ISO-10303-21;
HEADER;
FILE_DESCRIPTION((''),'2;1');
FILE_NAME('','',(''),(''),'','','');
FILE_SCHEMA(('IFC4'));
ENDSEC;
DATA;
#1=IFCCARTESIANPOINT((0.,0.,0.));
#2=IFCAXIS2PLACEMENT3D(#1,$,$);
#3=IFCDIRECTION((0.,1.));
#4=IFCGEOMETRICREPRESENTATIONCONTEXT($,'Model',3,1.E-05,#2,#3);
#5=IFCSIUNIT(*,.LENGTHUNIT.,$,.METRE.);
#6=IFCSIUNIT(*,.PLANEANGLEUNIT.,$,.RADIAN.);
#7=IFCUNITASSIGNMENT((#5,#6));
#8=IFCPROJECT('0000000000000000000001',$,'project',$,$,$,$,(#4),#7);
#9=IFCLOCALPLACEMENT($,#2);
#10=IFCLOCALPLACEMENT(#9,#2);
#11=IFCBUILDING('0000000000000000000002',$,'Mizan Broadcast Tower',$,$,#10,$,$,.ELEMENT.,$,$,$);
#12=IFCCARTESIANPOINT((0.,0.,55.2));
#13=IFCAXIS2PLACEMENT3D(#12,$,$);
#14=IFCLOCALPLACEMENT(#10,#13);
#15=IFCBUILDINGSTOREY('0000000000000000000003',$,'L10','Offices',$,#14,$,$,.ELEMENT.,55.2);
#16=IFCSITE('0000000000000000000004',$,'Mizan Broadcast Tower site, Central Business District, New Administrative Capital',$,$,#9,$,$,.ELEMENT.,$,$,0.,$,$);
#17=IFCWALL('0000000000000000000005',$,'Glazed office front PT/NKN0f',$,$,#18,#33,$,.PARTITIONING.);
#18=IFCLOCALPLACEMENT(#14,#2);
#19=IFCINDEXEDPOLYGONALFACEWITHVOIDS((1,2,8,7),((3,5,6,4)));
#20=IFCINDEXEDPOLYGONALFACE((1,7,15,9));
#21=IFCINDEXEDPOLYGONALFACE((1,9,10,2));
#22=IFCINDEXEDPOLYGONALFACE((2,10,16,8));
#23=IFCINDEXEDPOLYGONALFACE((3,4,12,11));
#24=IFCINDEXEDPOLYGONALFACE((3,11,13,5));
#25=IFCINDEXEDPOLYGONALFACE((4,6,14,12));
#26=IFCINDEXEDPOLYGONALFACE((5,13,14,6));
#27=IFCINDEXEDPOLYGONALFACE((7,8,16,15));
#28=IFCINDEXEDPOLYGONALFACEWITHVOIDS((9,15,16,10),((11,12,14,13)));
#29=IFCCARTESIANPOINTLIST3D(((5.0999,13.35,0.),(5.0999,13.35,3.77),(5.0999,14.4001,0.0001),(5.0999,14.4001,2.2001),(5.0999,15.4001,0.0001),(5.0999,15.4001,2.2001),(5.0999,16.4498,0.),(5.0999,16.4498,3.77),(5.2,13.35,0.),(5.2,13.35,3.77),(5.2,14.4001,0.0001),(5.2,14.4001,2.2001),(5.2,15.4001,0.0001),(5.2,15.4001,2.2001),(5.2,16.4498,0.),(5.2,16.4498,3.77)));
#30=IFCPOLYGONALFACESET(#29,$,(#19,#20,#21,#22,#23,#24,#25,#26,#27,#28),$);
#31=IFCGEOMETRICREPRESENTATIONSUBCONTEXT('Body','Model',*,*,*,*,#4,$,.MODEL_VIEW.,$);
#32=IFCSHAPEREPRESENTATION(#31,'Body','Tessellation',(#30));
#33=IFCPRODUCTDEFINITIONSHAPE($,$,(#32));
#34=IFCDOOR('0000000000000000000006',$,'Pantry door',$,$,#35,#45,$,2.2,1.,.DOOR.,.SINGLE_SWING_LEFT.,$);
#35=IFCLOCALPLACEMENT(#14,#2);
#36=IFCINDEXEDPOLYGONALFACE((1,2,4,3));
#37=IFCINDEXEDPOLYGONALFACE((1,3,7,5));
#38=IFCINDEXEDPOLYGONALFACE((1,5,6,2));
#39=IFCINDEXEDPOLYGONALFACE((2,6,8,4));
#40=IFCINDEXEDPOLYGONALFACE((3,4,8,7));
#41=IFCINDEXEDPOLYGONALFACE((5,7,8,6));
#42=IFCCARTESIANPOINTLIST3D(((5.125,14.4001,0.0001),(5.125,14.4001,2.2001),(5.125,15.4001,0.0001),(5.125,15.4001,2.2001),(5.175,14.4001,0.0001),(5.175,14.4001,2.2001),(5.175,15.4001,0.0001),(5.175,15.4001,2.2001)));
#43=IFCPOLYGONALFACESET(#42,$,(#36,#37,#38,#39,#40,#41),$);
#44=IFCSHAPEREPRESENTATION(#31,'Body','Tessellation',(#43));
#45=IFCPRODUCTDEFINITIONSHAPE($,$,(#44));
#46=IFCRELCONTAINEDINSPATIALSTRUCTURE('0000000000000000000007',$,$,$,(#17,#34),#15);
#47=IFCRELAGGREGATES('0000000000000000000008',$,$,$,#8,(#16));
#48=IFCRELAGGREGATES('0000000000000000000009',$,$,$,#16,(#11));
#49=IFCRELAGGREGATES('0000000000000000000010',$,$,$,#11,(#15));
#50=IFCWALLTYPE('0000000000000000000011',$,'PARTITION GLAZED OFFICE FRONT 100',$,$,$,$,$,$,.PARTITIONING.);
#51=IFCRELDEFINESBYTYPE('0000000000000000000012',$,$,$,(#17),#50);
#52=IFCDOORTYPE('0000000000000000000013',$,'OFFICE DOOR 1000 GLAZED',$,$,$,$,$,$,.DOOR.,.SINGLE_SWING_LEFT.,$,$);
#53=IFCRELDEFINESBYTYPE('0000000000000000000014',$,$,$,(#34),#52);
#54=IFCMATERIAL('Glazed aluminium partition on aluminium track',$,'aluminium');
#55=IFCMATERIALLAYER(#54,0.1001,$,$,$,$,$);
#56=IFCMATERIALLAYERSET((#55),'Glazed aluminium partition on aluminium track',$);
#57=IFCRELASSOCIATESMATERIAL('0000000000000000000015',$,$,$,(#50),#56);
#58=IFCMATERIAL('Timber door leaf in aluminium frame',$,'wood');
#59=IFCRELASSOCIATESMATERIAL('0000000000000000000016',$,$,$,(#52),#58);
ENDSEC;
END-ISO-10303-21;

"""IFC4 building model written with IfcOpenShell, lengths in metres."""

from ifc_helpers import new_model, si_unit, direction, frame, frame_2d, origin, place, context, subcontext, project, spatial, rectangle, extrude, material, layer, layer_set, type_object, element, fill, save


model = new_model("IFC4")

# Units and contexts
model_context = context("Model", 3, precision=1e-05, world=origin(), true_north=direction((0.0, 1.0)))
body_context = subcontext(model_context, "Body", "Model", "MODEL_VIEW")
ifc_project = project(units=[si_unit("LENGTHUNIT", "METRE"), si_unit("PLANEANGLEUNIT", "RADIAN")], contexts=[model_context])

# Site, building, storey
site_placement = place(None, origin())
site = spatial("IfcSite", under=ifc_project, at=site_placement, Name="Mizan Broadcast Tower site, Central Business District, New Administrative Capital", CompositionType="ELEMENT", RefElevation=0.0)
building_placement = place(site_placement, origin())
building = spatial("IfcBuilding", under=site, at=building_placement, Name="Mizan Broadcast Tower", CompositionType="ELEMENT")
storey_placement = place(building_placement, frame((0.0, 0.0, 55.2)))
storey = spatial("IfcBuildingStorey", under=building, at=storey_placement, Name="L10", Description="Offices", CompositionType="ELEMENT", Elevation=55.2)

# Shared definitions
ifc_material_1 = material(Name="Glazed aluminium partition on aluminium track", Category="aluminium")
ifc_layer_1 = layer(ifc_material_1, 0.1001)
ifc_layer_set_1 = layer_set([ifc_layer_1], Name="Glazed aluminium partition on aluminium track")
wall_type_1 = type_object("IfcWallType", Name="PARTITION GLAZED OFFICE FRONT 100", PredefinedType="PARTITIONING", material=ifc_layer_set_1)

# Wall, opening, door
wall_1_placement = place(storey_placement, frame((5.1499, 13.3501, 0.0), z_axis=(0.0, 0.0, 1.0), x_axis=(0.0, 1.0, 0.0)))
wall_1 = element("IfcWall", 1, at=wall_1_placement, inside=storey, type_object=wall_type_1, Name="Glazed office front PT/NKN0f", PredefinedType="PARTITIONING", context=body_context, shape_type="SweptSolid", body=[
    extrude(rectangle(XDim=3.0999, YDim=0.1001, at=frame_2d((1.5498, 0.0))), origin(), (0.0, 0.0, 1.0), 3.77),
])
opening_placement = place(wall_1_placement, frame((1.05, 0.0, 0.0)))
opening = element("IfcOpeningElement", 2, at=opening_placement, cuts=wall_1, PredefinedType="OPENING", context=body_context, shape_type="SweptSolid", body=[
    extrude(rectangle(XDim=1.0, YDim=2.2, at=frame_2d((0.5, 1.1001))), frame((0.0, 0.0601, 0.0), z_axis=(0.0, -1.0, 0.0), x_axis=(1.0, 0.0, 0.0)), (0.0, 0.0, 1.0), 0.1201),
])
ifc_material_2 = material(Name="Timber door leaf in aluminium frame", Category="wood")
door_type = type_object("IfcDoorType", Name="OFFICE DOOR 1000 GLAZED", OperationType="SINGLE_SWING_LEFT", PredefinedType="DOOR", material=ifc_material_2)
door_placement = place(opening_placement, origin())
door = element("IfcDoor", 3, at=door_placement, inside=storey, type_object=door_type, Name="Pantry door", OperationType="SINGLE_SWING_LEFT", OverallHeight=2.2, OverallWidth=1.0, PredefinedType="DOOR", context=body_context, shape_type="SweptSolid", body=[
    extrude(rectangle(XDim=1.0, YDim=2.2, at=frame_2d((0.5, 1.1001))), frame((0.0, 0.0249, 0.0), z_axis=(0.0, -1.0, 0.0), x_axis=(1.0, 0.0, 0.0)), (0.0, 0.0, 1.0), 0.05),
])
fill(opening, door)

save(model, "model.ifc")
